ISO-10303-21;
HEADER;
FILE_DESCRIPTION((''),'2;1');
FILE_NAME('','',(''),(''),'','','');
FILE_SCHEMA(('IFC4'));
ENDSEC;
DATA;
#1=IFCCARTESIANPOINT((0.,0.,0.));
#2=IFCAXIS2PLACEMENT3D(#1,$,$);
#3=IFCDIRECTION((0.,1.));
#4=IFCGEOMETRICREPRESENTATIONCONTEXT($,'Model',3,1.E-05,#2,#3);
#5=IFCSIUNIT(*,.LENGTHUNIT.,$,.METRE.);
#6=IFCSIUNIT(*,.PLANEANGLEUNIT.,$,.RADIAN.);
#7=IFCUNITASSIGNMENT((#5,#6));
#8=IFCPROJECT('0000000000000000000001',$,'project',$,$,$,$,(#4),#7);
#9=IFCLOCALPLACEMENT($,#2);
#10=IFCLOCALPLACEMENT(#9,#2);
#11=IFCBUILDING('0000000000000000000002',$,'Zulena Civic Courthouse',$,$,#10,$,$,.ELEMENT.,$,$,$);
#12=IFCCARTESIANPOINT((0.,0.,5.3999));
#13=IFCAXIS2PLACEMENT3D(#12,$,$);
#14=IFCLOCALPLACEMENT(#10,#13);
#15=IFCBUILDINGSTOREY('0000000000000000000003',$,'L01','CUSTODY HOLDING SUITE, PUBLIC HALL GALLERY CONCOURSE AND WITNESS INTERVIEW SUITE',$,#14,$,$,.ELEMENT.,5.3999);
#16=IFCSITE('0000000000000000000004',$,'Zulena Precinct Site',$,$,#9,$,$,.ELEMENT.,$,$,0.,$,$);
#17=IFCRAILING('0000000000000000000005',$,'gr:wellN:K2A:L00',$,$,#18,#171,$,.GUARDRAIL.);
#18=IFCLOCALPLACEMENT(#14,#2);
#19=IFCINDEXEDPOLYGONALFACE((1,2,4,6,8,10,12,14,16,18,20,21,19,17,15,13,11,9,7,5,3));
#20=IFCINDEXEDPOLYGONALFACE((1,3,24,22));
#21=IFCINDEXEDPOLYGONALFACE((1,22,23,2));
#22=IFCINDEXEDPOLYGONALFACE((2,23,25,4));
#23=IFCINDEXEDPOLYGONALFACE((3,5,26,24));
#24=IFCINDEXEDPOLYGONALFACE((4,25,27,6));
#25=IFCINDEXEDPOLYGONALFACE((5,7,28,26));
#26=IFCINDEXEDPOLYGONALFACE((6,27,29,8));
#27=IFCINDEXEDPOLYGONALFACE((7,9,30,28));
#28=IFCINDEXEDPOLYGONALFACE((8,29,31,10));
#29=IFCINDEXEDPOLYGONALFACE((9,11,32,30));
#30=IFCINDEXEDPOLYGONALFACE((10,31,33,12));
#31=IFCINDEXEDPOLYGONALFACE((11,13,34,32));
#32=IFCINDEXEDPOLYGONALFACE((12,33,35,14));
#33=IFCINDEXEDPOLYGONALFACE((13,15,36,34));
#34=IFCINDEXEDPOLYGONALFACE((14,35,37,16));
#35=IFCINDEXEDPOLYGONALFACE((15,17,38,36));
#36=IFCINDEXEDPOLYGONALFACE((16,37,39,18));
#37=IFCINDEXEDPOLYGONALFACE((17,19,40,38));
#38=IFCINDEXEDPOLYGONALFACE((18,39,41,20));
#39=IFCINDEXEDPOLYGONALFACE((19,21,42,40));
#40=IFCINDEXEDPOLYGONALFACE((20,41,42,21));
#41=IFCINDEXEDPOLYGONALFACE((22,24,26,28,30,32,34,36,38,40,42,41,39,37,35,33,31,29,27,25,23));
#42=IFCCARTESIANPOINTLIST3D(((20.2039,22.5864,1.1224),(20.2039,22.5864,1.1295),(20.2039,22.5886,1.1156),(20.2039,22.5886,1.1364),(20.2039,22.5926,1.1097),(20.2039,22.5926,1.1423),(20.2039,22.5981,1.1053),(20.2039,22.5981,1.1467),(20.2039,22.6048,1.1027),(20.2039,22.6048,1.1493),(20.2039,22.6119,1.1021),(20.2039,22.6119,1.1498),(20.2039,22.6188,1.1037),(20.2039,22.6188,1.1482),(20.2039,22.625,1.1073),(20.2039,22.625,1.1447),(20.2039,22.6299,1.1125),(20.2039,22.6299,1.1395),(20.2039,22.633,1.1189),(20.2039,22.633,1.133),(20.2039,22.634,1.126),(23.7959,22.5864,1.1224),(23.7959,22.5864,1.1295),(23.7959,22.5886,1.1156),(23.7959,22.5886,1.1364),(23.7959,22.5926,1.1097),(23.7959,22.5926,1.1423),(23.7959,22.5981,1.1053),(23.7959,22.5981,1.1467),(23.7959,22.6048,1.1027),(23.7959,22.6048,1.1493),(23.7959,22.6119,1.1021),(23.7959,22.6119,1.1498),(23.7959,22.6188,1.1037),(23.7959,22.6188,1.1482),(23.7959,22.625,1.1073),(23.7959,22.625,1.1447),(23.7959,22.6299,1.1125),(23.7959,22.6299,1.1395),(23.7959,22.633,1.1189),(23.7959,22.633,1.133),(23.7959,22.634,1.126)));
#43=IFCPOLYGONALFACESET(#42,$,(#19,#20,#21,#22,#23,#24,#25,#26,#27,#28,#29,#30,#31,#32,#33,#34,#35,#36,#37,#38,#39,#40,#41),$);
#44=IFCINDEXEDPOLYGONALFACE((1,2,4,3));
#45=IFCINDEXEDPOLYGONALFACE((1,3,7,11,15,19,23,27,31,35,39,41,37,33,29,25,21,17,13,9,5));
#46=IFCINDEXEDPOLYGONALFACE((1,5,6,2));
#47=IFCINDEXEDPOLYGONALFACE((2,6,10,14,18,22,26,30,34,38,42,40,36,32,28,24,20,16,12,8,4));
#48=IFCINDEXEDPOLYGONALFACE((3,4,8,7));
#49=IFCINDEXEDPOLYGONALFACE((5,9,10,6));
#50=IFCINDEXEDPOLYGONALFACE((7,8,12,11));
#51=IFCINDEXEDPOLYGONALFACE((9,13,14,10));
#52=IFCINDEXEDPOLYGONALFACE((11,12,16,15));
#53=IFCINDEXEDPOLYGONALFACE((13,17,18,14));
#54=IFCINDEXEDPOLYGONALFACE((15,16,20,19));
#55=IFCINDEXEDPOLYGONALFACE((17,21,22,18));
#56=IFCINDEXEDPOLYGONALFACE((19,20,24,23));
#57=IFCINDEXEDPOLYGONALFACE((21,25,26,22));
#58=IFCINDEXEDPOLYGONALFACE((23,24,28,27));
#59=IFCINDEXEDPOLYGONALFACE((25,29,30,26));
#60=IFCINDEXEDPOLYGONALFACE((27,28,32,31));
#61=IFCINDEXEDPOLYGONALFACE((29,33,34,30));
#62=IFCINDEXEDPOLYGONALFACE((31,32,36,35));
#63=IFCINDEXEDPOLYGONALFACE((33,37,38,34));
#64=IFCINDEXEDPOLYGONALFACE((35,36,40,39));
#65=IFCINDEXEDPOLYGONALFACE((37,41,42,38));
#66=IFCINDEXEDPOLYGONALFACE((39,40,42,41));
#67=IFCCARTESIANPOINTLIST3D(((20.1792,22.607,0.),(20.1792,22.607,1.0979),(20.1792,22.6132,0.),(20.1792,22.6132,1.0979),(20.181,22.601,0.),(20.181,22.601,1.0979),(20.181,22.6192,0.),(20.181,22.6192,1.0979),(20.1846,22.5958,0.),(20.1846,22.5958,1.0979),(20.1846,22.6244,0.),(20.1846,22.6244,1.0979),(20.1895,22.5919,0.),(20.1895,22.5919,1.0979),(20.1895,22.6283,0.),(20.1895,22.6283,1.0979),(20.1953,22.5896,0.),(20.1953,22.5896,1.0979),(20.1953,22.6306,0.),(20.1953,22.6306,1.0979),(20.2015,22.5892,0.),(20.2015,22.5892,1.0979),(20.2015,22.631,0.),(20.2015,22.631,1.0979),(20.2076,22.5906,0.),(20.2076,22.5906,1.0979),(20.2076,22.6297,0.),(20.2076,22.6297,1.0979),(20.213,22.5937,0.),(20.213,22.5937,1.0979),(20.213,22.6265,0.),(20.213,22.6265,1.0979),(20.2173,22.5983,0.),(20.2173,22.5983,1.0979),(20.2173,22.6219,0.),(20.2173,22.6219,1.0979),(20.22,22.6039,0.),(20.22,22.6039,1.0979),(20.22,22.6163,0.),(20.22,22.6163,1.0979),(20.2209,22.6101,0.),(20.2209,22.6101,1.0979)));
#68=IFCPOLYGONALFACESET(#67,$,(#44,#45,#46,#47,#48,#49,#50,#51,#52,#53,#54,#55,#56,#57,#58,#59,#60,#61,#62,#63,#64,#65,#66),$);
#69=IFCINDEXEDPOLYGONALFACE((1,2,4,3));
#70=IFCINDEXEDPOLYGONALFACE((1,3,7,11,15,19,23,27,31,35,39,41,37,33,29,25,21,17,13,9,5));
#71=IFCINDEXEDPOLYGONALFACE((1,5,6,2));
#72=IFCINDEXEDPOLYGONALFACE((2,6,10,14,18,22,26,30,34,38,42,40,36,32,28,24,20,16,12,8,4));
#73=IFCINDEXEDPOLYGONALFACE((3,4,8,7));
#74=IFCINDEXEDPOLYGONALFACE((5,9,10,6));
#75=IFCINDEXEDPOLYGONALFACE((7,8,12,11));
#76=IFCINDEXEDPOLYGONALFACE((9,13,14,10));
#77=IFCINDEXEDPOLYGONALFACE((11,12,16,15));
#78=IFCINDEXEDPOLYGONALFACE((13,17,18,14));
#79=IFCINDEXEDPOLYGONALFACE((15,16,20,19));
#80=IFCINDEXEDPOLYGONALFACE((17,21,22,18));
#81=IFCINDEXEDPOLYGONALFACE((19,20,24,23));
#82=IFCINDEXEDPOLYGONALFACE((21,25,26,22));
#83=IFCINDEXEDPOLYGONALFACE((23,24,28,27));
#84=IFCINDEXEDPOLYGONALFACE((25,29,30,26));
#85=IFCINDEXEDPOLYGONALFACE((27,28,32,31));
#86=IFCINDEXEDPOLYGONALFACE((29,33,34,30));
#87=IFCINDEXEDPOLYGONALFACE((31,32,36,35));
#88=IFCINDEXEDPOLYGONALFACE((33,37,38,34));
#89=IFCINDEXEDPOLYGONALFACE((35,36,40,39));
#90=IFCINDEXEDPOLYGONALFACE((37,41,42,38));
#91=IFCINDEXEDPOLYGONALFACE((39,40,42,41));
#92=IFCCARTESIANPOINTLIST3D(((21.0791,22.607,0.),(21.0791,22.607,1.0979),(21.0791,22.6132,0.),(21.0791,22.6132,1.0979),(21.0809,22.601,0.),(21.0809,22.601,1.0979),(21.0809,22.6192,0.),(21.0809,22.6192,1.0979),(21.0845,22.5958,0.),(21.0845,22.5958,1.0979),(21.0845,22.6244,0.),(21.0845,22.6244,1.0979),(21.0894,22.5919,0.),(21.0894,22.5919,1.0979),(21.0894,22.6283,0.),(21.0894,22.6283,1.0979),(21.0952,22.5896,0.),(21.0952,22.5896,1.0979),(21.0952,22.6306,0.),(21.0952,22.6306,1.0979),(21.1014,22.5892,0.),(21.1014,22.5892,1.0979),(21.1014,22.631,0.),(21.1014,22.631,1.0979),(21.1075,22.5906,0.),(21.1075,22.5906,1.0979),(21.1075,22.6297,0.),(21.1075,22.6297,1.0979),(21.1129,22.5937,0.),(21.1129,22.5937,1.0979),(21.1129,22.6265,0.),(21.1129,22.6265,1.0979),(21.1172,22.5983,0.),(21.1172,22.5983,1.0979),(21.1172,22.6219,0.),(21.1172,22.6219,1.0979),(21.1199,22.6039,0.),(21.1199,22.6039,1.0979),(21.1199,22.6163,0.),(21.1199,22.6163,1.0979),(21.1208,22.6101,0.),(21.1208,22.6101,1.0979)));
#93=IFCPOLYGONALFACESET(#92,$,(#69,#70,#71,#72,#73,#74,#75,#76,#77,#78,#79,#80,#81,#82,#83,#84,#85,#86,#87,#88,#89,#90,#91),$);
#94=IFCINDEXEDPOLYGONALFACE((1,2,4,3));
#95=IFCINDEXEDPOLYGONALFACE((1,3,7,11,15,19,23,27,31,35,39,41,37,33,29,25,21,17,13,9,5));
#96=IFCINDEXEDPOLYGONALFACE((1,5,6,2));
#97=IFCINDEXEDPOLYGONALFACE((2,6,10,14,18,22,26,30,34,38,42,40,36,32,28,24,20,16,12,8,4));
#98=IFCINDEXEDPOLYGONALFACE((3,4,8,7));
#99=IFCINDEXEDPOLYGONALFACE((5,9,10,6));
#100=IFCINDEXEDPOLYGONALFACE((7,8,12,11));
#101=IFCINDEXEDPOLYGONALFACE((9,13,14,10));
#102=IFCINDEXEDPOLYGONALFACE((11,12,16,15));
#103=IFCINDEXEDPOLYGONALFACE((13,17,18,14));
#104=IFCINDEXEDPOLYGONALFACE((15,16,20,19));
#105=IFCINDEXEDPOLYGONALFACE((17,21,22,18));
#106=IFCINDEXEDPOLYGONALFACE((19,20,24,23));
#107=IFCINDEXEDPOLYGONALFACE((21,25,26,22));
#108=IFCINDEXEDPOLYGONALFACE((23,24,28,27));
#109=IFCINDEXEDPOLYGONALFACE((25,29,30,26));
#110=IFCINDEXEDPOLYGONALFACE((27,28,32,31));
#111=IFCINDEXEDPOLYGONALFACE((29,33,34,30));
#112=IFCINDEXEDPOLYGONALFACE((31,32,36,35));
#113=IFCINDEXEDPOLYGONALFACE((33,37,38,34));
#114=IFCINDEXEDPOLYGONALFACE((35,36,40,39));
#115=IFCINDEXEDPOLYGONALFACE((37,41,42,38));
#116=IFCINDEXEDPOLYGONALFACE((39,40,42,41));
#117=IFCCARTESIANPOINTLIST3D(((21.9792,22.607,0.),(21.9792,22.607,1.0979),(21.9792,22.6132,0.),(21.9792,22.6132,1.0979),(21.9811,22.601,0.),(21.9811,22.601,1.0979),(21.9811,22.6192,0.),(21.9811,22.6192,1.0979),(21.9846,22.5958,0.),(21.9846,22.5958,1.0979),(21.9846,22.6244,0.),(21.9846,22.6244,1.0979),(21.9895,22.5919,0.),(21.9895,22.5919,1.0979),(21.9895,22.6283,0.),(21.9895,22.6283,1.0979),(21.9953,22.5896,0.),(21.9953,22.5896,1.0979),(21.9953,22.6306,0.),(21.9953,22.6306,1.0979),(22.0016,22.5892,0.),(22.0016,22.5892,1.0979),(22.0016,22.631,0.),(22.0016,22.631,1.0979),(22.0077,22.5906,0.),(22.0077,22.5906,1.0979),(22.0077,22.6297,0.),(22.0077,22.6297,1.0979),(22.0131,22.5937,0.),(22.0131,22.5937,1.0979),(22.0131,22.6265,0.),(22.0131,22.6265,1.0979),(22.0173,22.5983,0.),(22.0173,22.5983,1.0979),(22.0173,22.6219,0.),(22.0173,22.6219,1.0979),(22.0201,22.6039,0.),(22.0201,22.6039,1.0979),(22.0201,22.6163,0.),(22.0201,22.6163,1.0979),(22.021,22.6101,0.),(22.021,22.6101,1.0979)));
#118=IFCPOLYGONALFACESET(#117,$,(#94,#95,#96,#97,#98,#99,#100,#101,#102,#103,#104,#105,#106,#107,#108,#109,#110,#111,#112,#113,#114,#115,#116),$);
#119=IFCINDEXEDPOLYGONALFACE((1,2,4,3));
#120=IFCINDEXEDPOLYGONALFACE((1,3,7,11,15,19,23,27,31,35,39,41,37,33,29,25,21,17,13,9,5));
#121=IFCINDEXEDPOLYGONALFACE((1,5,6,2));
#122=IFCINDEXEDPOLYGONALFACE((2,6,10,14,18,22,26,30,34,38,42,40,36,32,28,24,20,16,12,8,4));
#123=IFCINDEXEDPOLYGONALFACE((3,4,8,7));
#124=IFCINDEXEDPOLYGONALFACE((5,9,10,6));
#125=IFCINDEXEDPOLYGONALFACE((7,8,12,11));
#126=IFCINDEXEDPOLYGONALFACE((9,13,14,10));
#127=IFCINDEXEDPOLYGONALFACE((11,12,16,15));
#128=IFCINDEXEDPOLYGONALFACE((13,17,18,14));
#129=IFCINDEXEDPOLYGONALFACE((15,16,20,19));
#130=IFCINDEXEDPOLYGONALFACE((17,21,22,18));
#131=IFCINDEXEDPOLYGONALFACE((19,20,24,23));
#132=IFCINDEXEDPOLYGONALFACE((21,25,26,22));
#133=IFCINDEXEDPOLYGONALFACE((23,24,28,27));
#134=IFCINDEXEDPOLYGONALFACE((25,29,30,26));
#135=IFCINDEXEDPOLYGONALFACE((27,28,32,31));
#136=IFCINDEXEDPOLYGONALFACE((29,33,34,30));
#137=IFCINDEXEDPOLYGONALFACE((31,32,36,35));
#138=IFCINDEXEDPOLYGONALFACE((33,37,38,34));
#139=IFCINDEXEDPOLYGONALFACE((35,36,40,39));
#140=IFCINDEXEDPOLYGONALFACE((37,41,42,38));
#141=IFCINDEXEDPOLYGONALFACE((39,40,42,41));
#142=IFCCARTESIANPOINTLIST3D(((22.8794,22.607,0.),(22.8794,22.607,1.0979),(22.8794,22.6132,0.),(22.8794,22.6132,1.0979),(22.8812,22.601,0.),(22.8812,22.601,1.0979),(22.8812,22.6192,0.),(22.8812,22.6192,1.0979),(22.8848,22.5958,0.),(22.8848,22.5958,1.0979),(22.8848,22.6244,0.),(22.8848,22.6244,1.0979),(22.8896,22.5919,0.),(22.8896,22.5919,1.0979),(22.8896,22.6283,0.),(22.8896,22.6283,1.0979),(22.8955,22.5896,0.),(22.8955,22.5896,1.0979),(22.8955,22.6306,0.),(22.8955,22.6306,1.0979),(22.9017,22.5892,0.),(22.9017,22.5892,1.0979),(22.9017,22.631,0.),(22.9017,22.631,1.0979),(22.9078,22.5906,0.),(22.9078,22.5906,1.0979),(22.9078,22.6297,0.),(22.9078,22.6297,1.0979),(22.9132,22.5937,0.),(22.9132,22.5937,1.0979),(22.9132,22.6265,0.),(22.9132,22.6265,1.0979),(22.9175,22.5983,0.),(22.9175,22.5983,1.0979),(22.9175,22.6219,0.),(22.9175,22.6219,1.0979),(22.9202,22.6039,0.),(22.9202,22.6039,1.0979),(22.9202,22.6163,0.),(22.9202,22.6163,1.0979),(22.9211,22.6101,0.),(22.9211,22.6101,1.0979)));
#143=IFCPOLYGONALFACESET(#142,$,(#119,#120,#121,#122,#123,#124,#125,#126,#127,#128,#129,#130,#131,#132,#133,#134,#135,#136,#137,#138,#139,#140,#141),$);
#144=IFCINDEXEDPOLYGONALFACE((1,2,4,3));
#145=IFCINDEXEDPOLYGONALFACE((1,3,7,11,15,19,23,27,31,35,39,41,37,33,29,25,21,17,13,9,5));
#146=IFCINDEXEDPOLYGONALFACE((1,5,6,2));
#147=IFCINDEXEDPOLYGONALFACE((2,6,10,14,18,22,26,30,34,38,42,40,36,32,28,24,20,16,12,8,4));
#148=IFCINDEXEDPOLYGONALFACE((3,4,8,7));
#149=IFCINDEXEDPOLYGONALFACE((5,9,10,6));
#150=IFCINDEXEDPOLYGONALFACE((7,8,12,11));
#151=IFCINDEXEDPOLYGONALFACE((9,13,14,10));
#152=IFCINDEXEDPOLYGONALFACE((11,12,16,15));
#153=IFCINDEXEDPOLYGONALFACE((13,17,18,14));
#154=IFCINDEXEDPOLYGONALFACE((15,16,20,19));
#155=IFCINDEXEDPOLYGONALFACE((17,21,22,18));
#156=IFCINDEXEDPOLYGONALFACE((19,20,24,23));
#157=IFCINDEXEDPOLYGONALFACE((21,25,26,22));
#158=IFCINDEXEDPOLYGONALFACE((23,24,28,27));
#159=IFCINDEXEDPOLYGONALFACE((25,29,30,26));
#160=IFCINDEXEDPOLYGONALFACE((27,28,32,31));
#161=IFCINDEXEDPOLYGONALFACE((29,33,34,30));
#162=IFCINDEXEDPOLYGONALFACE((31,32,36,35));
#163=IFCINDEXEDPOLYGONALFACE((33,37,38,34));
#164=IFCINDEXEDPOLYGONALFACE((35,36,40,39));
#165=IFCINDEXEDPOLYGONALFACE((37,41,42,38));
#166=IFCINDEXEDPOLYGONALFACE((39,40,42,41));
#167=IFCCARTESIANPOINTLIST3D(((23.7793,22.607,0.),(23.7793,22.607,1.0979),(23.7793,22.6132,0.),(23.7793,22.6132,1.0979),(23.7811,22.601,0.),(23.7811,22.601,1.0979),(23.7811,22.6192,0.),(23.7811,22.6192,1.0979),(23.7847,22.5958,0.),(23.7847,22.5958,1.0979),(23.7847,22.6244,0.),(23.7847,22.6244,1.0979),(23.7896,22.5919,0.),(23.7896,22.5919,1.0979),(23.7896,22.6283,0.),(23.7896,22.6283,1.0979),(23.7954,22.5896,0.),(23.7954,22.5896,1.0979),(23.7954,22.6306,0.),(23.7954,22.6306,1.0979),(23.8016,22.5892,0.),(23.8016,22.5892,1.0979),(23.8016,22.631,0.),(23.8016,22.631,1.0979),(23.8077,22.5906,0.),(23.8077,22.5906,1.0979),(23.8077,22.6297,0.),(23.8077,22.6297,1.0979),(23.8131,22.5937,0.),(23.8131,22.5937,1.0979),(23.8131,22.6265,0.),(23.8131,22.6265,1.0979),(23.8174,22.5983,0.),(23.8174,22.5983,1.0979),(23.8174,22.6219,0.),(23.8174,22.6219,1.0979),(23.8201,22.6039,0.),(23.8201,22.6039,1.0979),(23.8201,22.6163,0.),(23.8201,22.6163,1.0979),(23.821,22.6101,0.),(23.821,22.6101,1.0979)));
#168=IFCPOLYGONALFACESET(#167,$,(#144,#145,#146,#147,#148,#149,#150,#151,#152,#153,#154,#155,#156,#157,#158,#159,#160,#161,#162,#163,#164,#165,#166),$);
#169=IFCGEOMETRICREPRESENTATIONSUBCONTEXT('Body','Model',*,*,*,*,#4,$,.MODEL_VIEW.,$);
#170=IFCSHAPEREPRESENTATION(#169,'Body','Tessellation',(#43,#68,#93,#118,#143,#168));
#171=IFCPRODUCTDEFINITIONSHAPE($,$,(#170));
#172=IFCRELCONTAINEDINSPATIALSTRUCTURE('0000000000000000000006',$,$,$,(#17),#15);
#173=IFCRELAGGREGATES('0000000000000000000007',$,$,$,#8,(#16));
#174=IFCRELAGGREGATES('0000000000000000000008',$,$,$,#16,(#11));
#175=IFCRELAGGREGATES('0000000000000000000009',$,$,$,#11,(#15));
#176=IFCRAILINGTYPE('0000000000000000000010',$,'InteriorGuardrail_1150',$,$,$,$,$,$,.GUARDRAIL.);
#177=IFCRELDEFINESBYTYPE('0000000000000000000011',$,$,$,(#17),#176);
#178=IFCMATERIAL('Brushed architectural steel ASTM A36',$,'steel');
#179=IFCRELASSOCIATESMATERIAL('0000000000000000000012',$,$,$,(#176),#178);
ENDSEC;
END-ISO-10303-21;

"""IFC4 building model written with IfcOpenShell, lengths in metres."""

from ifc_helpers import new_model, si_unit, direction, frame, origin, origin_2d, place, context, subcontext, project, spatial, circle, extrude, material, type_object, element, save


model = new_model("IFC4")

# Units and contexts
model_context = context("Model", 3, precision=1e-05, world=origin(), true_north=direction((0.0, 1.0)))
body_context = subcontext(model_context, "Body", "Model", "MODEL_VIEW")
ifc_project = project(units=[si_unit("LENGTHUNIT", "METRE"), si_unit("PLANEANGLEUNIT", "RADIAN")], contexts=[model_context])

# Site, building, storey
site_placement = place(None, origin())
site = spatial("IfcSite", under=ifc_project, at=site_placement, Name="Zulena Precinct Site", CompositionType="ELEMENT", RefElevation=0.0)
building_placement = place(site_placement, origin())
building = spatial("IfcBuilding", under=site, at=building_placement, Name="Zulena Civic Courthouse", CompositionType="ELEMENT")
storey_placement = place(building_placement, frame((0.0, 0.0, 5.3999)))
storey = spatial("IfcBuildingStorey", under=building, at=storey_placement, Name="L01", Description="CUSTODY HOLDING SUITE, PUBLIC HALL GALLERY CONCOURSE AND WITNESS INTERVIEW SUITE", CompositionType="ELEMENT", Elevation=5.3999)

# Railing
ifc_material_1 = material(Name="Brushed architectural steel ASTM A36", Category="steel")
railing_type_1 = type_object("IfcRailingType", Name="InteriorGuardrail_1150", PredefinedType="GUARDRAIL", material=ifc_material_1)
railing_1_placement = place(storey_placement, frame((20.2, 22.6101, 0.0)))
element("IfcRailing", 1, at=railing_1_placement, inside=storey, type_object=railing_type_1, Name="gr:wellN:K2A:L00", PredefinedType="GUARDRAIL", context=body_context, shape_type="SweptSolid", body=[
    extrude(circle(Radius=0.0239, at=origin_2d()), frame((0.0039, 0.0, 1.126), z_axis=(1.0, 0.0, 0.0), x_axis=(0.0, 1.0, 0.0)), (0.0, 0.0, 1.0), 3.592),
    extrude(circle(Radius=0.021, at=origin_2d()), origin(), (0.0, 0.0, 1.0), 1.0979),
    extrude(circle(Radius=0.021, at=origin_2d()), frame((0.8999, 0.0, 0.0)), (0.0, 0.0, 1.0), 1.0979),
    extrude(circle(Radius=0.021, at=origin_2d()), frame((1.8, 0.0, 0.0)), (0.0, 0.0, 1.0), 1.0979),
    extrude(circle(Radius=0.021, at=origin_2d()), frame((2.7002, 0.0, 0.0)), (0.0, 0.0, 1.0), 1.0979),
    extrude(circle(Radius=0.021, at=origin_2d()), frame((3.6001, 0.0, 0.0)), (0.0, 0.0, 1.0), 1.0979),
])

save(model, "model.ifc")
